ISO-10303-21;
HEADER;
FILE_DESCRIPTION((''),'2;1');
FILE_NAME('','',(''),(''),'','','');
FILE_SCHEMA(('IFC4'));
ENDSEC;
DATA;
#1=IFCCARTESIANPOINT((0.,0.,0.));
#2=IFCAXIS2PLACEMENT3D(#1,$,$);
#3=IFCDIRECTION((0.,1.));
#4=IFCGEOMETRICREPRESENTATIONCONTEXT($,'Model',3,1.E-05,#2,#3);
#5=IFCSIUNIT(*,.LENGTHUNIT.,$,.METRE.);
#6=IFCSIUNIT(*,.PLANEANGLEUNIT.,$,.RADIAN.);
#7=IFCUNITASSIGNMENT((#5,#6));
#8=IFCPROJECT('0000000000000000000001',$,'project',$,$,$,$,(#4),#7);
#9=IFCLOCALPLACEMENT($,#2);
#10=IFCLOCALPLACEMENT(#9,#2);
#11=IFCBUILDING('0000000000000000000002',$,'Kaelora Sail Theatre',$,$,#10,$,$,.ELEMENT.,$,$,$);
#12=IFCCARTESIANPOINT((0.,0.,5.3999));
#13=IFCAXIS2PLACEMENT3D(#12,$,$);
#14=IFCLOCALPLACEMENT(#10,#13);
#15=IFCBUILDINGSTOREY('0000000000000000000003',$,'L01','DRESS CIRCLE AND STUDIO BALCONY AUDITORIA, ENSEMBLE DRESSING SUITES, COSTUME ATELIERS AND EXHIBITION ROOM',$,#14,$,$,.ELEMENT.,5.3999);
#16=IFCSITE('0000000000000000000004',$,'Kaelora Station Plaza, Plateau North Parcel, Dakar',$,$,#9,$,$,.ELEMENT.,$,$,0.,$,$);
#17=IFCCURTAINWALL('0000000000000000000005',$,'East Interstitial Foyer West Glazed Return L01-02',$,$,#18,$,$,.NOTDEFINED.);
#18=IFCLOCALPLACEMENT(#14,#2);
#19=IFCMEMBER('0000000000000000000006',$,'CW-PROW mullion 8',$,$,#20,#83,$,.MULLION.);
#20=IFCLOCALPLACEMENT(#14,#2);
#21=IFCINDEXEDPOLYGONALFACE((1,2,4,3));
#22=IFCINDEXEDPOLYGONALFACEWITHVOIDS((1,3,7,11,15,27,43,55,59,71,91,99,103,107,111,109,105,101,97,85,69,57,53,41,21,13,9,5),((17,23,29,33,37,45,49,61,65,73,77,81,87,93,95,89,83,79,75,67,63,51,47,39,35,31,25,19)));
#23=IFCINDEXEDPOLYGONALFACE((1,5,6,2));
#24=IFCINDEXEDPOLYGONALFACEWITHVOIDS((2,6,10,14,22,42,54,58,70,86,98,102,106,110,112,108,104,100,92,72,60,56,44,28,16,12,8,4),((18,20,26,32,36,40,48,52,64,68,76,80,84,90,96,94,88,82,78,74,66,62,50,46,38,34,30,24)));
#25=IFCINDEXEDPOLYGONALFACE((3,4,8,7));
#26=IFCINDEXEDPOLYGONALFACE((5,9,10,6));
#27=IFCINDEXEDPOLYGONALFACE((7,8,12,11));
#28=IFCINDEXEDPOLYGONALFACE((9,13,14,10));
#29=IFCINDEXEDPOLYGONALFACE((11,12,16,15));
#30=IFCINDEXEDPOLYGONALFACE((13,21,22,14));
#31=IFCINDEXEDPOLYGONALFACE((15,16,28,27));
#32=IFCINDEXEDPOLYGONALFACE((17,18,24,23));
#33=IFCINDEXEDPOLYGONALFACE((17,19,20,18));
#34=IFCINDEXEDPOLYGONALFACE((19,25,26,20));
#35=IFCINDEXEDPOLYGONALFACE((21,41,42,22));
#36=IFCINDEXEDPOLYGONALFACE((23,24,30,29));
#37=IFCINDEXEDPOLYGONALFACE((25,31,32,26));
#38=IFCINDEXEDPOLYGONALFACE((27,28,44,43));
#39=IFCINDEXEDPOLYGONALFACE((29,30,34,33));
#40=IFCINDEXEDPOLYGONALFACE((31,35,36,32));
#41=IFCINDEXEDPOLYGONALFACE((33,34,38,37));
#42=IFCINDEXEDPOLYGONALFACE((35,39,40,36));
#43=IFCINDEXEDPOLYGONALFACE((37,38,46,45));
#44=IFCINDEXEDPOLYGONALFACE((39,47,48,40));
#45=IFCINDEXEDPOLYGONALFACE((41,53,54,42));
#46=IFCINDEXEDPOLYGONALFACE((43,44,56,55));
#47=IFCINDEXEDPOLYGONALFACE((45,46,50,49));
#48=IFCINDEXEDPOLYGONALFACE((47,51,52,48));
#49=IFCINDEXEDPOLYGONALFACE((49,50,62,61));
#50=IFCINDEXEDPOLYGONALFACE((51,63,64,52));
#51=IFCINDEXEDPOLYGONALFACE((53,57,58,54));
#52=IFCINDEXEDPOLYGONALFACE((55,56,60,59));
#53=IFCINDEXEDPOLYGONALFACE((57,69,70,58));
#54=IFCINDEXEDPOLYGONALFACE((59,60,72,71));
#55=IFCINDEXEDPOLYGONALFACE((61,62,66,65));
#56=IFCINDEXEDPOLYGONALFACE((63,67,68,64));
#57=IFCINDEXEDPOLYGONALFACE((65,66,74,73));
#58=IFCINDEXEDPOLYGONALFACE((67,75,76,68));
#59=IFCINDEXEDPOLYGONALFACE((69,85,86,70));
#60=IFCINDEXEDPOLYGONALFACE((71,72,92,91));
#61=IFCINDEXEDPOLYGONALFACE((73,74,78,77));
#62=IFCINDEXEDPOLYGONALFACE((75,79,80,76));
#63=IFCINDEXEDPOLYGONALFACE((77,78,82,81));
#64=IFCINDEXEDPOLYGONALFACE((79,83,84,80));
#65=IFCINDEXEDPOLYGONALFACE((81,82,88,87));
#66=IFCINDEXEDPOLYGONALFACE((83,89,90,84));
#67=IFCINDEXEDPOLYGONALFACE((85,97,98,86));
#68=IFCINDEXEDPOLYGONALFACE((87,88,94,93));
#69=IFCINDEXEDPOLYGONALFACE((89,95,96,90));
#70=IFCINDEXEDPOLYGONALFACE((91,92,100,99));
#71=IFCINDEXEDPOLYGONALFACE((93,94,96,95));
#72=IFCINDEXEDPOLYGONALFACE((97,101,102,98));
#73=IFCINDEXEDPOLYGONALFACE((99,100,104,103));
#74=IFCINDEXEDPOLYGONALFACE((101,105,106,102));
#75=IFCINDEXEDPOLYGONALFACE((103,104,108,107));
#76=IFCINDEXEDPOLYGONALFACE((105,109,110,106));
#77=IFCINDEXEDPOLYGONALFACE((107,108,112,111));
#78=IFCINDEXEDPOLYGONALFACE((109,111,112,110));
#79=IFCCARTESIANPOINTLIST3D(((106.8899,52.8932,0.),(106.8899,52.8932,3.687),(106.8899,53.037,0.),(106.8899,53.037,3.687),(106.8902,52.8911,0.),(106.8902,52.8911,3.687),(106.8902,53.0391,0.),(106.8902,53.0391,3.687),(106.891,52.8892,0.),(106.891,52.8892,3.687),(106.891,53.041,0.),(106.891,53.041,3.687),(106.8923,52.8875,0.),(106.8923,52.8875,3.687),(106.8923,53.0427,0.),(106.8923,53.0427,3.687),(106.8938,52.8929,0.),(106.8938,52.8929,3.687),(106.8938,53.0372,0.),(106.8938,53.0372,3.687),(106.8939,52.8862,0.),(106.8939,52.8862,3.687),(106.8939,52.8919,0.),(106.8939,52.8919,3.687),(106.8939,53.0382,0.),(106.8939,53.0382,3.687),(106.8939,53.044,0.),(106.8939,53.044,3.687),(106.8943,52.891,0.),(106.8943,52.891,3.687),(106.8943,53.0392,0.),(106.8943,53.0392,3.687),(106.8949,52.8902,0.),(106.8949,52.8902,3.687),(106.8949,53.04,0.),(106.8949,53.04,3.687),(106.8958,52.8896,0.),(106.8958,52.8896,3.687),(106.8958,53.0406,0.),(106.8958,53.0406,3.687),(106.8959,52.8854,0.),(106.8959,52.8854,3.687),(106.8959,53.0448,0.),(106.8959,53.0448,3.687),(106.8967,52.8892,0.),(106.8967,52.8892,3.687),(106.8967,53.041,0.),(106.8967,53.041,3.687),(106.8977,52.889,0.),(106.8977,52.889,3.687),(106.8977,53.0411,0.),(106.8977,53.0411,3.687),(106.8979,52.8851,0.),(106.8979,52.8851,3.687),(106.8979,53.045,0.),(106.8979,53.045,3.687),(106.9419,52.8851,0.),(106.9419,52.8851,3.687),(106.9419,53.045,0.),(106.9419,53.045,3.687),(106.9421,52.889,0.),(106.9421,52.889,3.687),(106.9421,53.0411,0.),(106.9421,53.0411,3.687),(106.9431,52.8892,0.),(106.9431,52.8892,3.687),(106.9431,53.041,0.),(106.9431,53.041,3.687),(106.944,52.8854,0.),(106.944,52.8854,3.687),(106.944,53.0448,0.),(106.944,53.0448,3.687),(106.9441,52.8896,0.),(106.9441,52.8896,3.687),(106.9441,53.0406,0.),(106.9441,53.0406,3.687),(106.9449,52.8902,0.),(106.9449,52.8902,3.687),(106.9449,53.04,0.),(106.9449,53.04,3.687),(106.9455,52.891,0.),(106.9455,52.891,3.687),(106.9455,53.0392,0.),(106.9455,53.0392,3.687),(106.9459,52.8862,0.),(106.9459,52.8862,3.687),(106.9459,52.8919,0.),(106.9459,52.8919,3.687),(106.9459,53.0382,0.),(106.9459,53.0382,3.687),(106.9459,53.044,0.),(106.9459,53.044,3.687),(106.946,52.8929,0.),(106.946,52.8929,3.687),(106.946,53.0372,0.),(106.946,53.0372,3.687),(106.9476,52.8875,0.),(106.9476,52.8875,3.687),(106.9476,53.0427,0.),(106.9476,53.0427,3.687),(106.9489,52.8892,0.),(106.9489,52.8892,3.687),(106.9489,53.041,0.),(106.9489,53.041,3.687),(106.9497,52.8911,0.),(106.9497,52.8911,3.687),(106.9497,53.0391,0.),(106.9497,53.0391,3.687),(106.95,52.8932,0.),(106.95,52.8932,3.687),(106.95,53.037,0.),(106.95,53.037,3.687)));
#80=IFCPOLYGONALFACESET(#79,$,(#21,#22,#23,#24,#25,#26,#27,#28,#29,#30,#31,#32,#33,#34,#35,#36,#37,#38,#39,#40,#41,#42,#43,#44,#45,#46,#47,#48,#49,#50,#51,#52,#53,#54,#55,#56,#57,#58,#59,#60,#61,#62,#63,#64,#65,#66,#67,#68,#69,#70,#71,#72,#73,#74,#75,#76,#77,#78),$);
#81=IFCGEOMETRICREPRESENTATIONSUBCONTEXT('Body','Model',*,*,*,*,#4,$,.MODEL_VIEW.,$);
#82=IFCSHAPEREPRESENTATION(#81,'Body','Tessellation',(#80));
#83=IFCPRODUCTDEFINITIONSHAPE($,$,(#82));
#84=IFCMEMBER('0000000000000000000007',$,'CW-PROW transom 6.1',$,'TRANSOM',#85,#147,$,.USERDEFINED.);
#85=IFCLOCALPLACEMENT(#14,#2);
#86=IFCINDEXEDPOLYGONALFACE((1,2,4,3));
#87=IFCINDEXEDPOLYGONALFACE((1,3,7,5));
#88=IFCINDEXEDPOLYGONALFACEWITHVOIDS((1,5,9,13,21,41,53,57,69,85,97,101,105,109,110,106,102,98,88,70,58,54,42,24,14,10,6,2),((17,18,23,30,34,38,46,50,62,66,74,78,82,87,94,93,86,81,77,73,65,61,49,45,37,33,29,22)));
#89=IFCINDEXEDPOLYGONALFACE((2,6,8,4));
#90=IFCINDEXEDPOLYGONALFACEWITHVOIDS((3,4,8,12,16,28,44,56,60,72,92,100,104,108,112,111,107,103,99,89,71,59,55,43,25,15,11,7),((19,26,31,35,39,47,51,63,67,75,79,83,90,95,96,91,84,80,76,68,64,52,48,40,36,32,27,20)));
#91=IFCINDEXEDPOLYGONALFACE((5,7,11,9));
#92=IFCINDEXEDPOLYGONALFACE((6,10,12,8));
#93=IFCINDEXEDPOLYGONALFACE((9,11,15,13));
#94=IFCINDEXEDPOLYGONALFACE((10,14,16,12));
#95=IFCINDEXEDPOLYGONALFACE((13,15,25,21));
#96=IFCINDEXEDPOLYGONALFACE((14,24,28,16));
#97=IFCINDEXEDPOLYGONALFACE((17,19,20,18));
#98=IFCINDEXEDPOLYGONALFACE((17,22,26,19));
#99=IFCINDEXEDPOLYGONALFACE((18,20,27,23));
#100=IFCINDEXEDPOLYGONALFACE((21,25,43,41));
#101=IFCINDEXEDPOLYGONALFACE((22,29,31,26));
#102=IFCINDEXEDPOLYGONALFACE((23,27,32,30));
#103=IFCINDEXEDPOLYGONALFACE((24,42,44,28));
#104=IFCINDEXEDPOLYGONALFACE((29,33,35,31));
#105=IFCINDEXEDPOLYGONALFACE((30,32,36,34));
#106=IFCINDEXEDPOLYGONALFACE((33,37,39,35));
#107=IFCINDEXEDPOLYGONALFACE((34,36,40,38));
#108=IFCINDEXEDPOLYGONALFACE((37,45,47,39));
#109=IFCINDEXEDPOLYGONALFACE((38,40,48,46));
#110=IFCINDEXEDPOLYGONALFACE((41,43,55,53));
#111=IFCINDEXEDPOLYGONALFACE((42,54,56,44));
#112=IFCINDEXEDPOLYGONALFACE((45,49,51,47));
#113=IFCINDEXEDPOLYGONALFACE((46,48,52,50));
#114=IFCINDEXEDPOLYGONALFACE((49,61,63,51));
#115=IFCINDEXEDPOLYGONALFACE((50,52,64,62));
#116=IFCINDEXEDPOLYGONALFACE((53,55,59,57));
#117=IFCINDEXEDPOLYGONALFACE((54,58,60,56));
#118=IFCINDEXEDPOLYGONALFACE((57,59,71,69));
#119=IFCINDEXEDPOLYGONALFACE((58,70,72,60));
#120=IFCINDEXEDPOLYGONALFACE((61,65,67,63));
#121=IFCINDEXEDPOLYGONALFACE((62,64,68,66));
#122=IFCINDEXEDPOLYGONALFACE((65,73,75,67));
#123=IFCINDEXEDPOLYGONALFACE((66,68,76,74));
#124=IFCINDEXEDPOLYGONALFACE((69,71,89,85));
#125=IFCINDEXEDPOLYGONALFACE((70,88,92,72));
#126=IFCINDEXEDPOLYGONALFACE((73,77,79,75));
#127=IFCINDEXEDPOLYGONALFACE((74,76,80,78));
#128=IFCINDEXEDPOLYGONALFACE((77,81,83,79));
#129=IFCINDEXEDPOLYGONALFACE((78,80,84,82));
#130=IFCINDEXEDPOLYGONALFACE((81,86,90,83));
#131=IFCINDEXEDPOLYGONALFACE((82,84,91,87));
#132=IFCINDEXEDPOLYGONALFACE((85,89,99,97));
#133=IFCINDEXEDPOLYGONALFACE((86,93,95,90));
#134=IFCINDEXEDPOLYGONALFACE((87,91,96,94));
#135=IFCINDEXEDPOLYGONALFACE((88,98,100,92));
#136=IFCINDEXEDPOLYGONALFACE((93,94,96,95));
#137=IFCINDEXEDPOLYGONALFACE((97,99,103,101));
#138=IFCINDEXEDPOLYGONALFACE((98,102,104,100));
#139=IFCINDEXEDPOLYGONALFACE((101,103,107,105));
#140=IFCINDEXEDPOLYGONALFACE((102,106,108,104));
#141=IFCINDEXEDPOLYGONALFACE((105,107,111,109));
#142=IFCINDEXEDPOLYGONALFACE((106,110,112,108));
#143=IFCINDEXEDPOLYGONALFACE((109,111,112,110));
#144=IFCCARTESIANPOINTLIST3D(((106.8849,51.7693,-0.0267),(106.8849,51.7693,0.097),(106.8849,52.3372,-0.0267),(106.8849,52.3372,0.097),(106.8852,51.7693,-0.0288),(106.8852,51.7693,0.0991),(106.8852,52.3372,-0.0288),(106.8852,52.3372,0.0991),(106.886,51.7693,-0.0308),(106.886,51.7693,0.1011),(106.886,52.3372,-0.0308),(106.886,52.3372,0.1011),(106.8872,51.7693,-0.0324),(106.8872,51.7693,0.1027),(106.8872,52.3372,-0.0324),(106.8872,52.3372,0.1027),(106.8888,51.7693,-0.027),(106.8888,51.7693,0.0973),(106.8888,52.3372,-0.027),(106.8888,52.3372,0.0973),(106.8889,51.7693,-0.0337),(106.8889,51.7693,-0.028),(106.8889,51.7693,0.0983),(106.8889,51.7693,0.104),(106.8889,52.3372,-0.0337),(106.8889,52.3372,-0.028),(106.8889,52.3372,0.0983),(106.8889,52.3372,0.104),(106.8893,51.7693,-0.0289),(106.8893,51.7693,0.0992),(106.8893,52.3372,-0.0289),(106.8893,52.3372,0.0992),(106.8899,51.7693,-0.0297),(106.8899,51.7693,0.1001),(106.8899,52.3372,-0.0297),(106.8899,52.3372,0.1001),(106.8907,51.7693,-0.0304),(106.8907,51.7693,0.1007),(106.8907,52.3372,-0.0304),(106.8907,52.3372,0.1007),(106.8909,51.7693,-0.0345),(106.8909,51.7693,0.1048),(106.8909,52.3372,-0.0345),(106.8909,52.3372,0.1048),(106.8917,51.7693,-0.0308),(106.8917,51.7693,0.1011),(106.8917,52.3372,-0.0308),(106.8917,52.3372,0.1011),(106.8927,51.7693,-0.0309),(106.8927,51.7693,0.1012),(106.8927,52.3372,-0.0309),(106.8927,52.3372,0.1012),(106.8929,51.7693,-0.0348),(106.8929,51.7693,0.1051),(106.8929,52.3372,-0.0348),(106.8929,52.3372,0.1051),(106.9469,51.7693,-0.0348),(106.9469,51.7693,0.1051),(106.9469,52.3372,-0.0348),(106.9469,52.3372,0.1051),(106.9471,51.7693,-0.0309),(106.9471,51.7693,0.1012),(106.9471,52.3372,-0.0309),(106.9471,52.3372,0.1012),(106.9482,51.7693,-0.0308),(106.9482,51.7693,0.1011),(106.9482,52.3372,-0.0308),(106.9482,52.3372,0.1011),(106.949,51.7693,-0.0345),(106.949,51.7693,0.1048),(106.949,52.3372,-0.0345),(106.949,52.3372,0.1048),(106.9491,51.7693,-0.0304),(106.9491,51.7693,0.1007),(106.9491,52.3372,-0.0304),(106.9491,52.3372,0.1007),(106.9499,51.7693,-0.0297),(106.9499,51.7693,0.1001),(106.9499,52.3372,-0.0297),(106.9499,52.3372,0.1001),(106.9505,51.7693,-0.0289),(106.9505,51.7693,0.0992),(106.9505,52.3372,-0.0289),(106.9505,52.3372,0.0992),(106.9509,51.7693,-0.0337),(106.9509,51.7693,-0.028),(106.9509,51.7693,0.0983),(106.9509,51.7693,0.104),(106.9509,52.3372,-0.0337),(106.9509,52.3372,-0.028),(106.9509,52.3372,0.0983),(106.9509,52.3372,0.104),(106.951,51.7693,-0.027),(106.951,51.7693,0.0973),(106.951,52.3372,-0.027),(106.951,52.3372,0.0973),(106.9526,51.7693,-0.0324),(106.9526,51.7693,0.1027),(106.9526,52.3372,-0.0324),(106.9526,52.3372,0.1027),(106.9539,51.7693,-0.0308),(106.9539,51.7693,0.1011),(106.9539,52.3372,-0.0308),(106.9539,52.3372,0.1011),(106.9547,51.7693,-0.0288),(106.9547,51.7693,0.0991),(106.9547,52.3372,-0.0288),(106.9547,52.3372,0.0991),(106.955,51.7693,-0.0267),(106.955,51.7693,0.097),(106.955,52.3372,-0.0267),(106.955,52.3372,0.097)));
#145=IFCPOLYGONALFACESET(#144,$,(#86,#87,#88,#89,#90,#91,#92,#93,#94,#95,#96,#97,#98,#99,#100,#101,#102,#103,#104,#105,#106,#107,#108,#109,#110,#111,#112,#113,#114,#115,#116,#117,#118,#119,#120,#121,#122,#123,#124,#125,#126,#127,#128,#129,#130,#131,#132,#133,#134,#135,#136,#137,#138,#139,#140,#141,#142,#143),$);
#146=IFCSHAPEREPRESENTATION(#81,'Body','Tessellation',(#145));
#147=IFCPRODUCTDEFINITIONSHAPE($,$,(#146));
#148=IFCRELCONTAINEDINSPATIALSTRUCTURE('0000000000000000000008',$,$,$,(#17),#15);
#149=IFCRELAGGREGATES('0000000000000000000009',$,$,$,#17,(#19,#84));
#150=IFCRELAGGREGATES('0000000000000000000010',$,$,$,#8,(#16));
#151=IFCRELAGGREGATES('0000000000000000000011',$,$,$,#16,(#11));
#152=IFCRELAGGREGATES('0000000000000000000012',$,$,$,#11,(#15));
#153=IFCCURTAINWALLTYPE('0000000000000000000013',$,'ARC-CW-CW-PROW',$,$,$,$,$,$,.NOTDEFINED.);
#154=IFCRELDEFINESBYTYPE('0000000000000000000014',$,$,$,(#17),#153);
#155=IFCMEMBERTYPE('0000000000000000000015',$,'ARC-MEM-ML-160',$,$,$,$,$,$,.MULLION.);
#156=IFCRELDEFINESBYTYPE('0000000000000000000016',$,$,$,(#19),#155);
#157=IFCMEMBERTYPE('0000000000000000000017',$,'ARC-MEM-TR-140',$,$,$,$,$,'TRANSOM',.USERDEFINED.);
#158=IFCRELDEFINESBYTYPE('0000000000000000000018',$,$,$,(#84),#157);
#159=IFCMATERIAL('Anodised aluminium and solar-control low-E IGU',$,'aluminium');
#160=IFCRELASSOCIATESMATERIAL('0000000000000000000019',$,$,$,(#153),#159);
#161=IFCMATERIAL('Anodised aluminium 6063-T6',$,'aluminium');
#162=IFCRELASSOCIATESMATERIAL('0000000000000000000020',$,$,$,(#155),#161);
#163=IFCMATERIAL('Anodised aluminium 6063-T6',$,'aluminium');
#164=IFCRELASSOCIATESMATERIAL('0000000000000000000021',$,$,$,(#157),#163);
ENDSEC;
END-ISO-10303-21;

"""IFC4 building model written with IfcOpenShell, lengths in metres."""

from ifc_helpers import new_model, si_unit, direction, frame, origin, origin_2d, place, context, subcontext, project, spatial, hollow_rectangle, extrude, material, material_profile, profile_set, type_object, element, aggregate, save


model = new_model("IFC4")

# Units and contexts
model_context = context("Model", 3, precision=1e-05, world=origin(), true_north=direction((0.0, 1.0)))
body_context = subcontext(model_context, "Body", "Model", "MODEL_VIEW")
ifc_project = project(units=[si_unit("LENGTHUNIT", "METRE"), si_unit("PLANEANGLEUNIT", "RADIAN")], contexts=[model_context])

# Site, building, storey
site_placement = place(None, origin())
site = spatial("IfcSite", under=ifc_project, at=site_placement, Name="Kaelora Station Plaza, Plateau North Parcel, Dakar", CompositionType="ELEMENT", RefElevation=0.0)
building_placement = place(site_placement, origin())
building = spatial("IfcBuilding", under=site, at=building_placement, Name="Kaelora Sail Theatre", CompositionType="ELEMENT")
storey_placement = place(building_placement, frame((0.0, 0.0, 5.3999)))
storey = spatial("IfcBuildingStorey", under=building, at=storey_placement, Name="L01", Description="DRESS CIRCLE AND STUDIO BALCONY AUDITORIA, ENSEMBLE DRESSING SUITES, COSTUME ATELIERS AND EXHIBITION ROOM", CompositionType="ELEMENT", Elevation=5.3999)

# Curtain wall, members
ifc_material_1 = material(Name="Anodised aluminium and solar-control low-E IGU", Category="aluminium")
curtain_wall_type = type_object("IfcCurtainWallType", Name="ARC-CW-CW-PROW", PredefinedType="NOTDEFINED", material=ifc_material_1)
curtain_wall_placement = place(storey_placement, origin())
curtain_wall = element("IfcCurtainWall", 1, at=curtain_wall_placement, inside=storey, type_object=curtain_wall_type, Name="East Interstitial Foyer West Glazed Return L01-02", PredefinedType="NOTDEFINED")
ifc_material_2 = material(Name="Anodised aluminium 6063-T6", Category="aluminium")
ifc_material_profile_1 = material_profile(ifc_material_2, hollow_rectangle(XDim=0.0601, YDim=0.1599, WallThickness=0.0039, InnerFilletRadius=0.0039, OuterFilletRadius=0.0081, at=origin_2d()), Name="ALU-MULL 60x160x4")
ifc_profile_set_1 = profile_set([ifc_material_profile_1], Name="Anodised aluminium 6063-T6")
member_type_1 = type_object("IfcMemberType", Name="ARC-MEM-ML-160", PredefinedType="MULLION", material=ifc_profile_set_1)
member_1_placement = place(storey_placement, frame((106.9199, 52.9651, 0.0), z_axis=(0.0, 0.0, 1.0), x_axis=(-1.0, 0.0, 0.0)))
member_1 = element("IfcMember", 2, at=member_1_placement, type_object=member_type_1, Name="CW-PROW mullion 8", PredefinedType="MULLION", context=body_context, shape_type="SweptSolid", body=[
    extrude(hollow_rectangle(XDim=0.0601, YDim=0.1599, WallThickness=0.0039, InnerFilletRadius=0.0039, OuterFilletRadius=0.0081, at=origin_2d()), origin(), (0.0, 0.0, 1.0), 3.687),
])
ifc_material_3 = material(Name="Anodised aluminium 6063-T6", Category="aluminium")
ifc_material_profile_2 = material_profile(ifc_material_3, hollow_rectangle(XDim=0.0701, YDim=0.1399, WallThickness=0.0039, InnerFilletRadius=0.0039, OuterFilletRadius=0.0081, at=origin_2d()), Name="ALU-TRAN 70x140x4")
ifc_profile_set_2 = profile_set([ifc_material_profile_2], Name="Anodised aluminium 6063-T6")
member_type_2 = type_object("IfcMemberType", Name="ARC-MEM-TR-140", ElementType="TRANSOM", PredefinedType="USERDEFINED", material=ifc_profile_set_2)
member_2_placement = place(storey_placement, frame((106.9199, 51.7693, 0.0352), z_axis=(0.0, 1.0, 0.0), x_axis=(-1.0, 0.0, 0.0)))
member_2 = element("IfcMember", 3, at=member_2_placement, type_object=member_type_2, Name="CW-PROW transom 6.1", ObjectType="TRANSOM", PredefinedType="USERDEFINED", context=body_context, shape_type="SweptSolid", body=[
    extrude(hollow_rectangle(XDim=0.0701, YDim=0.1399, WallThickness=0.0039, InnerFilletRadius=0.0039, OuterFilletRadius=0.0081, at=origin_2d()), origin(), (0.0, 0.0, 1.0), 0.5679),
])

aggregate(curtain_wall, [member_1, member_2])

save(model, "model.ifc")
